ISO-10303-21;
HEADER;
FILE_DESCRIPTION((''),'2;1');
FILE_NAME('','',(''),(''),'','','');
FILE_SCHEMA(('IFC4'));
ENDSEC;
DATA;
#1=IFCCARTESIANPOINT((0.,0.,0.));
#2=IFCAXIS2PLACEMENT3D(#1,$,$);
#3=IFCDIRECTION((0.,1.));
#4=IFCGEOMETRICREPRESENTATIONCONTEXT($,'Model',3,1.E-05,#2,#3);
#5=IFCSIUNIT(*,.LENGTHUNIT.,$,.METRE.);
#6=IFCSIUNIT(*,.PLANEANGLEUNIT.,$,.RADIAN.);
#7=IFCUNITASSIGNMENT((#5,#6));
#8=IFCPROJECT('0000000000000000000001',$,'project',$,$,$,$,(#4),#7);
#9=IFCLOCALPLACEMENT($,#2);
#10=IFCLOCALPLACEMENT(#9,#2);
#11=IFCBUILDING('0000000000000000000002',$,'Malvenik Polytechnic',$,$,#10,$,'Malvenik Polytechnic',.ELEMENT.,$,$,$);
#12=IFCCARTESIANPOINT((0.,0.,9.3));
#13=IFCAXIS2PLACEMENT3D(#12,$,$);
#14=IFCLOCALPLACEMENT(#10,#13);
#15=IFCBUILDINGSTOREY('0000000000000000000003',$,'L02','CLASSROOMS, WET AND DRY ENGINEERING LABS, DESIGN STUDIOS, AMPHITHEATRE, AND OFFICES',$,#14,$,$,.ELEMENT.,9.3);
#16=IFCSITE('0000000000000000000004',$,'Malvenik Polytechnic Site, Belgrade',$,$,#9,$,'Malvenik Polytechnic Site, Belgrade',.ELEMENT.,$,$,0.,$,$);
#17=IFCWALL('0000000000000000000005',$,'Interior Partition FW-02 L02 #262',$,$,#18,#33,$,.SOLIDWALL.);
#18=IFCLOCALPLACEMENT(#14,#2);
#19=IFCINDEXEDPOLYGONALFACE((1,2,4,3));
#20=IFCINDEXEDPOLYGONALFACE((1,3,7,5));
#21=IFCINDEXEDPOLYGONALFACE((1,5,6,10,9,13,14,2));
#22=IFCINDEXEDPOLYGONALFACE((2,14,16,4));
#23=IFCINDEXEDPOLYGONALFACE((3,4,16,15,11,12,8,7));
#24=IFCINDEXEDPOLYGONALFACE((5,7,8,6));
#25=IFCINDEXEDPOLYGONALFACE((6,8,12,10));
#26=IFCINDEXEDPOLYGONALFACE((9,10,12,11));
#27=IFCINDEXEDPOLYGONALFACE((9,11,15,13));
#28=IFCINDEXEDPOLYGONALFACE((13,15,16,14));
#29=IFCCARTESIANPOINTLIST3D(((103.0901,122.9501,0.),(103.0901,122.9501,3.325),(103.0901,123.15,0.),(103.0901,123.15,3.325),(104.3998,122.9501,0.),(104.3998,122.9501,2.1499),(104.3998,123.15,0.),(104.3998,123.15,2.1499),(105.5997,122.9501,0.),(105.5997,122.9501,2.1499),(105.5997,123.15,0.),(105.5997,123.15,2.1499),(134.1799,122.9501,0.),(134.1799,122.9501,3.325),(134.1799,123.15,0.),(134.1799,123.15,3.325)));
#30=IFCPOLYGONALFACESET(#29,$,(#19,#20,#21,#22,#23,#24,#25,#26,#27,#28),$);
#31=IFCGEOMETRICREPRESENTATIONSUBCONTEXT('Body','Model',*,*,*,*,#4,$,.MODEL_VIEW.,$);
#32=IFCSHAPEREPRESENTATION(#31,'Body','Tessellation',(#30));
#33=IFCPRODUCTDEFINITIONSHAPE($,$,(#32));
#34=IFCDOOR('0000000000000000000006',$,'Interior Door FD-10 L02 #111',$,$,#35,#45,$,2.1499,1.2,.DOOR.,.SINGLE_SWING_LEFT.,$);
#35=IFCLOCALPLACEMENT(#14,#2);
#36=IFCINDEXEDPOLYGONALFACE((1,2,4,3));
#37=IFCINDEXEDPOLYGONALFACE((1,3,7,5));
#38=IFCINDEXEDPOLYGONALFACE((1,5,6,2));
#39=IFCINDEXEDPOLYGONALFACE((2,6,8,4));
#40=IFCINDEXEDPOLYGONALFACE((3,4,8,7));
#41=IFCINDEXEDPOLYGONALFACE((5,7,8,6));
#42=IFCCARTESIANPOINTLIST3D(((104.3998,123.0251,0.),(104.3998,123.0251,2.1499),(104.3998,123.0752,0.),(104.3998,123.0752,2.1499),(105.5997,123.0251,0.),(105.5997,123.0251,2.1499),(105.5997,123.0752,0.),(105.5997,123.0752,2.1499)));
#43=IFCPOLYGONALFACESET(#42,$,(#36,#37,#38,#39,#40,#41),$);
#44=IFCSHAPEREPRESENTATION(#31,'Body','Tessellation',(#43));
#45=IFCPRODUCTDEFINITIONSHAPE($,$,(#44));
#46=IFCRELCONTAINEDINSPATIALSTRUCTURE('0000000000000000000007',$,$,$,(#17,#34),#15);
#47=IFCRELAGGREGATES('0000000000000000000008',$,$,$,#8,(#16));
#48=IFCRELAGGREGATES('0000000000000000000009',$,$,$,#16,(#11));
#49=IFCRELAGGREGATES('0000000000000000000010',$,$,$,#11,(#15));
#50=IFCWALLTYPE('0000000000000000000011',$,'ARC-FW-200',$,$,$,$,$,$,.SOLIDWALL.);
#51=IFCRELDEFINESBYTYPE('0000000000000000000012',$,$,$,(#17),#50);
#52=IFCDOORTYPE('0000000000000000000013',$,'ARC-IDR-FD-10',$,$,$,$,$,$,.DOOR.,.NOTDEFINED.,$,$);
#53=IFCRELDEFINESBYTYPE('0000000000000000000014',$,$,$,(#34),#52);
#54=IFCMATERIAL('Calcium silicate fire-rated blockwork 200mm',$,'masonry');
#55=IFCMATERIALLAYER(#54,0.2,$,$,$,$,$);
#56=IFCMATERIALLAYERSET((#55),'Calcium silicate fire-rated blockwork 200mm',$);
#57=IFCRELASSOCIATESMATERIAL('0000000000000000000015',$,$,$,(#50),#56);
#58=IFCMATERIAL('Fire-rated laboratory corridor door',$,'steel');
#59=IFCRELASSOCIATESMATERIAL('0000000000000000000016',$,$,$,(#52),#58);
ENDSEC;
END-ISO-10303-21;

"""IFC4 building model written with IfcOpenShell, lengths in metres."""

from ifc_helpers import new_model, si_unit, direction, frame, frame_2d, origin, place, context, subcontext, project, spatial, rectangle, extrude, material, layer, layer_set, type_object, element, fill, save


model = new_model("IFC4")

# Units and contexts
model_context = context("Model", 3, precision=1e-05, world=origin(), true_north=direction((0.0, 1.0)))
body_context = subcontext(model_context, "Body", "Model", "MODEL_VIEW")
ifc_project = project(units=[si_unit("LENGTHUNIT", "METRE"), si_unit("PLANEANGLEUNIT", "RADIAN")], contexts=[model_context])

# Site, building, storey
site_placement = place(None, origin())
site = spatial("IfcSite", under=ifc_project, at=site_placement, Name="Malvenik Polytechnic Site, Belgrade", LongName="Malvenik Polytechnic Site, Belgrade", CompositionType="ELEMENT", RefElevation=0.0)
building_placement = place(site_placement, origin())
building = spatial("IfcBuilding", under=site, at=building_placement, Name="Malvenik Polytechnic", LongName="Malvenik Polytechnic", CompositionType="ELEMENT")
storey_placement = place(building_placement, frame((0.0, 0.0, 9.3)))
storey = spatial("IfcBuildingStorey", under=building, at=storey_placement, Name="L02", Description="CLASSROOMS, WET AND DRY ENGINEERING LABS, DESIGN STUDIOS, AMPHITHEATRE, AND OFFICES", CompositionType="ELEMENT", Elevation=9.3)

# Wall, opening, door
ifc_material_1 = material(Name="Calcium silicate fire-rated blockwork 200mm", Category="masonry")
ifc_layer_1 = layer(ifc_material_1, 0.2)
ifc_layer_set_1 = layer_set([ifc_layer_1], Name="Calcium silicate fire-rated blockwork 200mm")
wall_type_1 = type_object("IfcWallType", Name="ARC-FW-200", PredefinedType="SOLIDWALL", material=ifc_layer_set_1)
wall_1_placement = place(storey_placement, frame((134.1799, 123.05, 0.0), z_axis=(0.0, 0.0, 1.0), x_axis=(-1.0, 0.0, 0.0)))
wall_1 = element("IfcWall", 1, at=wall_1_placement, inside=storey, type_object=wall_type_1, Name="Interior Partition FW-02 L02 #262", PredefinedType="SOLIDWALL", context=body_context, shape_type="SweptSolid", body=[
    extrude(rectangle(XDim=31.0898, YDim=0.2, at=frame_2d((15.5449, 0.0))), origin(), (0.0, 0.0, 1.0), 3.325),
])
opening_1_placement = place(wall_1_placement, frame((28.5801, 0.0, 0.0)))
opening_1 = element("IfcOpeningElement", 2, at=opening_1_placement, cuts=wall_1, PredefinedType="OPENING", context=body_context, shape_type="SweptSolid", body=[
    extrude(rectangle(XDim=1.2, YDim=2.1499, at=frame_2d((0.6001, 1.075))), frame((0.0, 0.1099, 0.0), z_axis=(0.0, -1.0, 0.0), x_axis=(1.0, 0.0, 0.0)), (0.0, 0.0, 1.0), 0.22),
])
ifc_material_2 = material(Name="Fire-rated laboratory corridor door", Category="steel")
door_type = type_object("IfcDoorType", Name="ARC-IDR-FD-10", OperationType="NOTDEFINED", PredefinedType="DOOR", material=ifc_material_2)
door_placement = place(opening_1_placement, origin())
door = element("IfcDoor", 3, at=door_placement, inside=storey, type_object=door_type, Name="Interior Door FD-10 L02 #111", OperationType="SINGLE_SWING_LEFT", OverallHeight=2.1499, OverallWidth=1.2, PredefinedType="DOOR", context=body_context, shape_type="SweptSolid", body=[
    extrude(rectangle(XDim=1.2, YDim=2.1499, at=frame_2d((0.6001, 1.075))), frame((0.0, 0.0249, 0.0), z_axis=(0.0, -1.0, 0.0), x_axis=(1.0, 0.0, 0.0)), (0.0, 0.0, 1.0), 0.05),
])
fill(opening_1, door)

save(model, "model.ifc")
